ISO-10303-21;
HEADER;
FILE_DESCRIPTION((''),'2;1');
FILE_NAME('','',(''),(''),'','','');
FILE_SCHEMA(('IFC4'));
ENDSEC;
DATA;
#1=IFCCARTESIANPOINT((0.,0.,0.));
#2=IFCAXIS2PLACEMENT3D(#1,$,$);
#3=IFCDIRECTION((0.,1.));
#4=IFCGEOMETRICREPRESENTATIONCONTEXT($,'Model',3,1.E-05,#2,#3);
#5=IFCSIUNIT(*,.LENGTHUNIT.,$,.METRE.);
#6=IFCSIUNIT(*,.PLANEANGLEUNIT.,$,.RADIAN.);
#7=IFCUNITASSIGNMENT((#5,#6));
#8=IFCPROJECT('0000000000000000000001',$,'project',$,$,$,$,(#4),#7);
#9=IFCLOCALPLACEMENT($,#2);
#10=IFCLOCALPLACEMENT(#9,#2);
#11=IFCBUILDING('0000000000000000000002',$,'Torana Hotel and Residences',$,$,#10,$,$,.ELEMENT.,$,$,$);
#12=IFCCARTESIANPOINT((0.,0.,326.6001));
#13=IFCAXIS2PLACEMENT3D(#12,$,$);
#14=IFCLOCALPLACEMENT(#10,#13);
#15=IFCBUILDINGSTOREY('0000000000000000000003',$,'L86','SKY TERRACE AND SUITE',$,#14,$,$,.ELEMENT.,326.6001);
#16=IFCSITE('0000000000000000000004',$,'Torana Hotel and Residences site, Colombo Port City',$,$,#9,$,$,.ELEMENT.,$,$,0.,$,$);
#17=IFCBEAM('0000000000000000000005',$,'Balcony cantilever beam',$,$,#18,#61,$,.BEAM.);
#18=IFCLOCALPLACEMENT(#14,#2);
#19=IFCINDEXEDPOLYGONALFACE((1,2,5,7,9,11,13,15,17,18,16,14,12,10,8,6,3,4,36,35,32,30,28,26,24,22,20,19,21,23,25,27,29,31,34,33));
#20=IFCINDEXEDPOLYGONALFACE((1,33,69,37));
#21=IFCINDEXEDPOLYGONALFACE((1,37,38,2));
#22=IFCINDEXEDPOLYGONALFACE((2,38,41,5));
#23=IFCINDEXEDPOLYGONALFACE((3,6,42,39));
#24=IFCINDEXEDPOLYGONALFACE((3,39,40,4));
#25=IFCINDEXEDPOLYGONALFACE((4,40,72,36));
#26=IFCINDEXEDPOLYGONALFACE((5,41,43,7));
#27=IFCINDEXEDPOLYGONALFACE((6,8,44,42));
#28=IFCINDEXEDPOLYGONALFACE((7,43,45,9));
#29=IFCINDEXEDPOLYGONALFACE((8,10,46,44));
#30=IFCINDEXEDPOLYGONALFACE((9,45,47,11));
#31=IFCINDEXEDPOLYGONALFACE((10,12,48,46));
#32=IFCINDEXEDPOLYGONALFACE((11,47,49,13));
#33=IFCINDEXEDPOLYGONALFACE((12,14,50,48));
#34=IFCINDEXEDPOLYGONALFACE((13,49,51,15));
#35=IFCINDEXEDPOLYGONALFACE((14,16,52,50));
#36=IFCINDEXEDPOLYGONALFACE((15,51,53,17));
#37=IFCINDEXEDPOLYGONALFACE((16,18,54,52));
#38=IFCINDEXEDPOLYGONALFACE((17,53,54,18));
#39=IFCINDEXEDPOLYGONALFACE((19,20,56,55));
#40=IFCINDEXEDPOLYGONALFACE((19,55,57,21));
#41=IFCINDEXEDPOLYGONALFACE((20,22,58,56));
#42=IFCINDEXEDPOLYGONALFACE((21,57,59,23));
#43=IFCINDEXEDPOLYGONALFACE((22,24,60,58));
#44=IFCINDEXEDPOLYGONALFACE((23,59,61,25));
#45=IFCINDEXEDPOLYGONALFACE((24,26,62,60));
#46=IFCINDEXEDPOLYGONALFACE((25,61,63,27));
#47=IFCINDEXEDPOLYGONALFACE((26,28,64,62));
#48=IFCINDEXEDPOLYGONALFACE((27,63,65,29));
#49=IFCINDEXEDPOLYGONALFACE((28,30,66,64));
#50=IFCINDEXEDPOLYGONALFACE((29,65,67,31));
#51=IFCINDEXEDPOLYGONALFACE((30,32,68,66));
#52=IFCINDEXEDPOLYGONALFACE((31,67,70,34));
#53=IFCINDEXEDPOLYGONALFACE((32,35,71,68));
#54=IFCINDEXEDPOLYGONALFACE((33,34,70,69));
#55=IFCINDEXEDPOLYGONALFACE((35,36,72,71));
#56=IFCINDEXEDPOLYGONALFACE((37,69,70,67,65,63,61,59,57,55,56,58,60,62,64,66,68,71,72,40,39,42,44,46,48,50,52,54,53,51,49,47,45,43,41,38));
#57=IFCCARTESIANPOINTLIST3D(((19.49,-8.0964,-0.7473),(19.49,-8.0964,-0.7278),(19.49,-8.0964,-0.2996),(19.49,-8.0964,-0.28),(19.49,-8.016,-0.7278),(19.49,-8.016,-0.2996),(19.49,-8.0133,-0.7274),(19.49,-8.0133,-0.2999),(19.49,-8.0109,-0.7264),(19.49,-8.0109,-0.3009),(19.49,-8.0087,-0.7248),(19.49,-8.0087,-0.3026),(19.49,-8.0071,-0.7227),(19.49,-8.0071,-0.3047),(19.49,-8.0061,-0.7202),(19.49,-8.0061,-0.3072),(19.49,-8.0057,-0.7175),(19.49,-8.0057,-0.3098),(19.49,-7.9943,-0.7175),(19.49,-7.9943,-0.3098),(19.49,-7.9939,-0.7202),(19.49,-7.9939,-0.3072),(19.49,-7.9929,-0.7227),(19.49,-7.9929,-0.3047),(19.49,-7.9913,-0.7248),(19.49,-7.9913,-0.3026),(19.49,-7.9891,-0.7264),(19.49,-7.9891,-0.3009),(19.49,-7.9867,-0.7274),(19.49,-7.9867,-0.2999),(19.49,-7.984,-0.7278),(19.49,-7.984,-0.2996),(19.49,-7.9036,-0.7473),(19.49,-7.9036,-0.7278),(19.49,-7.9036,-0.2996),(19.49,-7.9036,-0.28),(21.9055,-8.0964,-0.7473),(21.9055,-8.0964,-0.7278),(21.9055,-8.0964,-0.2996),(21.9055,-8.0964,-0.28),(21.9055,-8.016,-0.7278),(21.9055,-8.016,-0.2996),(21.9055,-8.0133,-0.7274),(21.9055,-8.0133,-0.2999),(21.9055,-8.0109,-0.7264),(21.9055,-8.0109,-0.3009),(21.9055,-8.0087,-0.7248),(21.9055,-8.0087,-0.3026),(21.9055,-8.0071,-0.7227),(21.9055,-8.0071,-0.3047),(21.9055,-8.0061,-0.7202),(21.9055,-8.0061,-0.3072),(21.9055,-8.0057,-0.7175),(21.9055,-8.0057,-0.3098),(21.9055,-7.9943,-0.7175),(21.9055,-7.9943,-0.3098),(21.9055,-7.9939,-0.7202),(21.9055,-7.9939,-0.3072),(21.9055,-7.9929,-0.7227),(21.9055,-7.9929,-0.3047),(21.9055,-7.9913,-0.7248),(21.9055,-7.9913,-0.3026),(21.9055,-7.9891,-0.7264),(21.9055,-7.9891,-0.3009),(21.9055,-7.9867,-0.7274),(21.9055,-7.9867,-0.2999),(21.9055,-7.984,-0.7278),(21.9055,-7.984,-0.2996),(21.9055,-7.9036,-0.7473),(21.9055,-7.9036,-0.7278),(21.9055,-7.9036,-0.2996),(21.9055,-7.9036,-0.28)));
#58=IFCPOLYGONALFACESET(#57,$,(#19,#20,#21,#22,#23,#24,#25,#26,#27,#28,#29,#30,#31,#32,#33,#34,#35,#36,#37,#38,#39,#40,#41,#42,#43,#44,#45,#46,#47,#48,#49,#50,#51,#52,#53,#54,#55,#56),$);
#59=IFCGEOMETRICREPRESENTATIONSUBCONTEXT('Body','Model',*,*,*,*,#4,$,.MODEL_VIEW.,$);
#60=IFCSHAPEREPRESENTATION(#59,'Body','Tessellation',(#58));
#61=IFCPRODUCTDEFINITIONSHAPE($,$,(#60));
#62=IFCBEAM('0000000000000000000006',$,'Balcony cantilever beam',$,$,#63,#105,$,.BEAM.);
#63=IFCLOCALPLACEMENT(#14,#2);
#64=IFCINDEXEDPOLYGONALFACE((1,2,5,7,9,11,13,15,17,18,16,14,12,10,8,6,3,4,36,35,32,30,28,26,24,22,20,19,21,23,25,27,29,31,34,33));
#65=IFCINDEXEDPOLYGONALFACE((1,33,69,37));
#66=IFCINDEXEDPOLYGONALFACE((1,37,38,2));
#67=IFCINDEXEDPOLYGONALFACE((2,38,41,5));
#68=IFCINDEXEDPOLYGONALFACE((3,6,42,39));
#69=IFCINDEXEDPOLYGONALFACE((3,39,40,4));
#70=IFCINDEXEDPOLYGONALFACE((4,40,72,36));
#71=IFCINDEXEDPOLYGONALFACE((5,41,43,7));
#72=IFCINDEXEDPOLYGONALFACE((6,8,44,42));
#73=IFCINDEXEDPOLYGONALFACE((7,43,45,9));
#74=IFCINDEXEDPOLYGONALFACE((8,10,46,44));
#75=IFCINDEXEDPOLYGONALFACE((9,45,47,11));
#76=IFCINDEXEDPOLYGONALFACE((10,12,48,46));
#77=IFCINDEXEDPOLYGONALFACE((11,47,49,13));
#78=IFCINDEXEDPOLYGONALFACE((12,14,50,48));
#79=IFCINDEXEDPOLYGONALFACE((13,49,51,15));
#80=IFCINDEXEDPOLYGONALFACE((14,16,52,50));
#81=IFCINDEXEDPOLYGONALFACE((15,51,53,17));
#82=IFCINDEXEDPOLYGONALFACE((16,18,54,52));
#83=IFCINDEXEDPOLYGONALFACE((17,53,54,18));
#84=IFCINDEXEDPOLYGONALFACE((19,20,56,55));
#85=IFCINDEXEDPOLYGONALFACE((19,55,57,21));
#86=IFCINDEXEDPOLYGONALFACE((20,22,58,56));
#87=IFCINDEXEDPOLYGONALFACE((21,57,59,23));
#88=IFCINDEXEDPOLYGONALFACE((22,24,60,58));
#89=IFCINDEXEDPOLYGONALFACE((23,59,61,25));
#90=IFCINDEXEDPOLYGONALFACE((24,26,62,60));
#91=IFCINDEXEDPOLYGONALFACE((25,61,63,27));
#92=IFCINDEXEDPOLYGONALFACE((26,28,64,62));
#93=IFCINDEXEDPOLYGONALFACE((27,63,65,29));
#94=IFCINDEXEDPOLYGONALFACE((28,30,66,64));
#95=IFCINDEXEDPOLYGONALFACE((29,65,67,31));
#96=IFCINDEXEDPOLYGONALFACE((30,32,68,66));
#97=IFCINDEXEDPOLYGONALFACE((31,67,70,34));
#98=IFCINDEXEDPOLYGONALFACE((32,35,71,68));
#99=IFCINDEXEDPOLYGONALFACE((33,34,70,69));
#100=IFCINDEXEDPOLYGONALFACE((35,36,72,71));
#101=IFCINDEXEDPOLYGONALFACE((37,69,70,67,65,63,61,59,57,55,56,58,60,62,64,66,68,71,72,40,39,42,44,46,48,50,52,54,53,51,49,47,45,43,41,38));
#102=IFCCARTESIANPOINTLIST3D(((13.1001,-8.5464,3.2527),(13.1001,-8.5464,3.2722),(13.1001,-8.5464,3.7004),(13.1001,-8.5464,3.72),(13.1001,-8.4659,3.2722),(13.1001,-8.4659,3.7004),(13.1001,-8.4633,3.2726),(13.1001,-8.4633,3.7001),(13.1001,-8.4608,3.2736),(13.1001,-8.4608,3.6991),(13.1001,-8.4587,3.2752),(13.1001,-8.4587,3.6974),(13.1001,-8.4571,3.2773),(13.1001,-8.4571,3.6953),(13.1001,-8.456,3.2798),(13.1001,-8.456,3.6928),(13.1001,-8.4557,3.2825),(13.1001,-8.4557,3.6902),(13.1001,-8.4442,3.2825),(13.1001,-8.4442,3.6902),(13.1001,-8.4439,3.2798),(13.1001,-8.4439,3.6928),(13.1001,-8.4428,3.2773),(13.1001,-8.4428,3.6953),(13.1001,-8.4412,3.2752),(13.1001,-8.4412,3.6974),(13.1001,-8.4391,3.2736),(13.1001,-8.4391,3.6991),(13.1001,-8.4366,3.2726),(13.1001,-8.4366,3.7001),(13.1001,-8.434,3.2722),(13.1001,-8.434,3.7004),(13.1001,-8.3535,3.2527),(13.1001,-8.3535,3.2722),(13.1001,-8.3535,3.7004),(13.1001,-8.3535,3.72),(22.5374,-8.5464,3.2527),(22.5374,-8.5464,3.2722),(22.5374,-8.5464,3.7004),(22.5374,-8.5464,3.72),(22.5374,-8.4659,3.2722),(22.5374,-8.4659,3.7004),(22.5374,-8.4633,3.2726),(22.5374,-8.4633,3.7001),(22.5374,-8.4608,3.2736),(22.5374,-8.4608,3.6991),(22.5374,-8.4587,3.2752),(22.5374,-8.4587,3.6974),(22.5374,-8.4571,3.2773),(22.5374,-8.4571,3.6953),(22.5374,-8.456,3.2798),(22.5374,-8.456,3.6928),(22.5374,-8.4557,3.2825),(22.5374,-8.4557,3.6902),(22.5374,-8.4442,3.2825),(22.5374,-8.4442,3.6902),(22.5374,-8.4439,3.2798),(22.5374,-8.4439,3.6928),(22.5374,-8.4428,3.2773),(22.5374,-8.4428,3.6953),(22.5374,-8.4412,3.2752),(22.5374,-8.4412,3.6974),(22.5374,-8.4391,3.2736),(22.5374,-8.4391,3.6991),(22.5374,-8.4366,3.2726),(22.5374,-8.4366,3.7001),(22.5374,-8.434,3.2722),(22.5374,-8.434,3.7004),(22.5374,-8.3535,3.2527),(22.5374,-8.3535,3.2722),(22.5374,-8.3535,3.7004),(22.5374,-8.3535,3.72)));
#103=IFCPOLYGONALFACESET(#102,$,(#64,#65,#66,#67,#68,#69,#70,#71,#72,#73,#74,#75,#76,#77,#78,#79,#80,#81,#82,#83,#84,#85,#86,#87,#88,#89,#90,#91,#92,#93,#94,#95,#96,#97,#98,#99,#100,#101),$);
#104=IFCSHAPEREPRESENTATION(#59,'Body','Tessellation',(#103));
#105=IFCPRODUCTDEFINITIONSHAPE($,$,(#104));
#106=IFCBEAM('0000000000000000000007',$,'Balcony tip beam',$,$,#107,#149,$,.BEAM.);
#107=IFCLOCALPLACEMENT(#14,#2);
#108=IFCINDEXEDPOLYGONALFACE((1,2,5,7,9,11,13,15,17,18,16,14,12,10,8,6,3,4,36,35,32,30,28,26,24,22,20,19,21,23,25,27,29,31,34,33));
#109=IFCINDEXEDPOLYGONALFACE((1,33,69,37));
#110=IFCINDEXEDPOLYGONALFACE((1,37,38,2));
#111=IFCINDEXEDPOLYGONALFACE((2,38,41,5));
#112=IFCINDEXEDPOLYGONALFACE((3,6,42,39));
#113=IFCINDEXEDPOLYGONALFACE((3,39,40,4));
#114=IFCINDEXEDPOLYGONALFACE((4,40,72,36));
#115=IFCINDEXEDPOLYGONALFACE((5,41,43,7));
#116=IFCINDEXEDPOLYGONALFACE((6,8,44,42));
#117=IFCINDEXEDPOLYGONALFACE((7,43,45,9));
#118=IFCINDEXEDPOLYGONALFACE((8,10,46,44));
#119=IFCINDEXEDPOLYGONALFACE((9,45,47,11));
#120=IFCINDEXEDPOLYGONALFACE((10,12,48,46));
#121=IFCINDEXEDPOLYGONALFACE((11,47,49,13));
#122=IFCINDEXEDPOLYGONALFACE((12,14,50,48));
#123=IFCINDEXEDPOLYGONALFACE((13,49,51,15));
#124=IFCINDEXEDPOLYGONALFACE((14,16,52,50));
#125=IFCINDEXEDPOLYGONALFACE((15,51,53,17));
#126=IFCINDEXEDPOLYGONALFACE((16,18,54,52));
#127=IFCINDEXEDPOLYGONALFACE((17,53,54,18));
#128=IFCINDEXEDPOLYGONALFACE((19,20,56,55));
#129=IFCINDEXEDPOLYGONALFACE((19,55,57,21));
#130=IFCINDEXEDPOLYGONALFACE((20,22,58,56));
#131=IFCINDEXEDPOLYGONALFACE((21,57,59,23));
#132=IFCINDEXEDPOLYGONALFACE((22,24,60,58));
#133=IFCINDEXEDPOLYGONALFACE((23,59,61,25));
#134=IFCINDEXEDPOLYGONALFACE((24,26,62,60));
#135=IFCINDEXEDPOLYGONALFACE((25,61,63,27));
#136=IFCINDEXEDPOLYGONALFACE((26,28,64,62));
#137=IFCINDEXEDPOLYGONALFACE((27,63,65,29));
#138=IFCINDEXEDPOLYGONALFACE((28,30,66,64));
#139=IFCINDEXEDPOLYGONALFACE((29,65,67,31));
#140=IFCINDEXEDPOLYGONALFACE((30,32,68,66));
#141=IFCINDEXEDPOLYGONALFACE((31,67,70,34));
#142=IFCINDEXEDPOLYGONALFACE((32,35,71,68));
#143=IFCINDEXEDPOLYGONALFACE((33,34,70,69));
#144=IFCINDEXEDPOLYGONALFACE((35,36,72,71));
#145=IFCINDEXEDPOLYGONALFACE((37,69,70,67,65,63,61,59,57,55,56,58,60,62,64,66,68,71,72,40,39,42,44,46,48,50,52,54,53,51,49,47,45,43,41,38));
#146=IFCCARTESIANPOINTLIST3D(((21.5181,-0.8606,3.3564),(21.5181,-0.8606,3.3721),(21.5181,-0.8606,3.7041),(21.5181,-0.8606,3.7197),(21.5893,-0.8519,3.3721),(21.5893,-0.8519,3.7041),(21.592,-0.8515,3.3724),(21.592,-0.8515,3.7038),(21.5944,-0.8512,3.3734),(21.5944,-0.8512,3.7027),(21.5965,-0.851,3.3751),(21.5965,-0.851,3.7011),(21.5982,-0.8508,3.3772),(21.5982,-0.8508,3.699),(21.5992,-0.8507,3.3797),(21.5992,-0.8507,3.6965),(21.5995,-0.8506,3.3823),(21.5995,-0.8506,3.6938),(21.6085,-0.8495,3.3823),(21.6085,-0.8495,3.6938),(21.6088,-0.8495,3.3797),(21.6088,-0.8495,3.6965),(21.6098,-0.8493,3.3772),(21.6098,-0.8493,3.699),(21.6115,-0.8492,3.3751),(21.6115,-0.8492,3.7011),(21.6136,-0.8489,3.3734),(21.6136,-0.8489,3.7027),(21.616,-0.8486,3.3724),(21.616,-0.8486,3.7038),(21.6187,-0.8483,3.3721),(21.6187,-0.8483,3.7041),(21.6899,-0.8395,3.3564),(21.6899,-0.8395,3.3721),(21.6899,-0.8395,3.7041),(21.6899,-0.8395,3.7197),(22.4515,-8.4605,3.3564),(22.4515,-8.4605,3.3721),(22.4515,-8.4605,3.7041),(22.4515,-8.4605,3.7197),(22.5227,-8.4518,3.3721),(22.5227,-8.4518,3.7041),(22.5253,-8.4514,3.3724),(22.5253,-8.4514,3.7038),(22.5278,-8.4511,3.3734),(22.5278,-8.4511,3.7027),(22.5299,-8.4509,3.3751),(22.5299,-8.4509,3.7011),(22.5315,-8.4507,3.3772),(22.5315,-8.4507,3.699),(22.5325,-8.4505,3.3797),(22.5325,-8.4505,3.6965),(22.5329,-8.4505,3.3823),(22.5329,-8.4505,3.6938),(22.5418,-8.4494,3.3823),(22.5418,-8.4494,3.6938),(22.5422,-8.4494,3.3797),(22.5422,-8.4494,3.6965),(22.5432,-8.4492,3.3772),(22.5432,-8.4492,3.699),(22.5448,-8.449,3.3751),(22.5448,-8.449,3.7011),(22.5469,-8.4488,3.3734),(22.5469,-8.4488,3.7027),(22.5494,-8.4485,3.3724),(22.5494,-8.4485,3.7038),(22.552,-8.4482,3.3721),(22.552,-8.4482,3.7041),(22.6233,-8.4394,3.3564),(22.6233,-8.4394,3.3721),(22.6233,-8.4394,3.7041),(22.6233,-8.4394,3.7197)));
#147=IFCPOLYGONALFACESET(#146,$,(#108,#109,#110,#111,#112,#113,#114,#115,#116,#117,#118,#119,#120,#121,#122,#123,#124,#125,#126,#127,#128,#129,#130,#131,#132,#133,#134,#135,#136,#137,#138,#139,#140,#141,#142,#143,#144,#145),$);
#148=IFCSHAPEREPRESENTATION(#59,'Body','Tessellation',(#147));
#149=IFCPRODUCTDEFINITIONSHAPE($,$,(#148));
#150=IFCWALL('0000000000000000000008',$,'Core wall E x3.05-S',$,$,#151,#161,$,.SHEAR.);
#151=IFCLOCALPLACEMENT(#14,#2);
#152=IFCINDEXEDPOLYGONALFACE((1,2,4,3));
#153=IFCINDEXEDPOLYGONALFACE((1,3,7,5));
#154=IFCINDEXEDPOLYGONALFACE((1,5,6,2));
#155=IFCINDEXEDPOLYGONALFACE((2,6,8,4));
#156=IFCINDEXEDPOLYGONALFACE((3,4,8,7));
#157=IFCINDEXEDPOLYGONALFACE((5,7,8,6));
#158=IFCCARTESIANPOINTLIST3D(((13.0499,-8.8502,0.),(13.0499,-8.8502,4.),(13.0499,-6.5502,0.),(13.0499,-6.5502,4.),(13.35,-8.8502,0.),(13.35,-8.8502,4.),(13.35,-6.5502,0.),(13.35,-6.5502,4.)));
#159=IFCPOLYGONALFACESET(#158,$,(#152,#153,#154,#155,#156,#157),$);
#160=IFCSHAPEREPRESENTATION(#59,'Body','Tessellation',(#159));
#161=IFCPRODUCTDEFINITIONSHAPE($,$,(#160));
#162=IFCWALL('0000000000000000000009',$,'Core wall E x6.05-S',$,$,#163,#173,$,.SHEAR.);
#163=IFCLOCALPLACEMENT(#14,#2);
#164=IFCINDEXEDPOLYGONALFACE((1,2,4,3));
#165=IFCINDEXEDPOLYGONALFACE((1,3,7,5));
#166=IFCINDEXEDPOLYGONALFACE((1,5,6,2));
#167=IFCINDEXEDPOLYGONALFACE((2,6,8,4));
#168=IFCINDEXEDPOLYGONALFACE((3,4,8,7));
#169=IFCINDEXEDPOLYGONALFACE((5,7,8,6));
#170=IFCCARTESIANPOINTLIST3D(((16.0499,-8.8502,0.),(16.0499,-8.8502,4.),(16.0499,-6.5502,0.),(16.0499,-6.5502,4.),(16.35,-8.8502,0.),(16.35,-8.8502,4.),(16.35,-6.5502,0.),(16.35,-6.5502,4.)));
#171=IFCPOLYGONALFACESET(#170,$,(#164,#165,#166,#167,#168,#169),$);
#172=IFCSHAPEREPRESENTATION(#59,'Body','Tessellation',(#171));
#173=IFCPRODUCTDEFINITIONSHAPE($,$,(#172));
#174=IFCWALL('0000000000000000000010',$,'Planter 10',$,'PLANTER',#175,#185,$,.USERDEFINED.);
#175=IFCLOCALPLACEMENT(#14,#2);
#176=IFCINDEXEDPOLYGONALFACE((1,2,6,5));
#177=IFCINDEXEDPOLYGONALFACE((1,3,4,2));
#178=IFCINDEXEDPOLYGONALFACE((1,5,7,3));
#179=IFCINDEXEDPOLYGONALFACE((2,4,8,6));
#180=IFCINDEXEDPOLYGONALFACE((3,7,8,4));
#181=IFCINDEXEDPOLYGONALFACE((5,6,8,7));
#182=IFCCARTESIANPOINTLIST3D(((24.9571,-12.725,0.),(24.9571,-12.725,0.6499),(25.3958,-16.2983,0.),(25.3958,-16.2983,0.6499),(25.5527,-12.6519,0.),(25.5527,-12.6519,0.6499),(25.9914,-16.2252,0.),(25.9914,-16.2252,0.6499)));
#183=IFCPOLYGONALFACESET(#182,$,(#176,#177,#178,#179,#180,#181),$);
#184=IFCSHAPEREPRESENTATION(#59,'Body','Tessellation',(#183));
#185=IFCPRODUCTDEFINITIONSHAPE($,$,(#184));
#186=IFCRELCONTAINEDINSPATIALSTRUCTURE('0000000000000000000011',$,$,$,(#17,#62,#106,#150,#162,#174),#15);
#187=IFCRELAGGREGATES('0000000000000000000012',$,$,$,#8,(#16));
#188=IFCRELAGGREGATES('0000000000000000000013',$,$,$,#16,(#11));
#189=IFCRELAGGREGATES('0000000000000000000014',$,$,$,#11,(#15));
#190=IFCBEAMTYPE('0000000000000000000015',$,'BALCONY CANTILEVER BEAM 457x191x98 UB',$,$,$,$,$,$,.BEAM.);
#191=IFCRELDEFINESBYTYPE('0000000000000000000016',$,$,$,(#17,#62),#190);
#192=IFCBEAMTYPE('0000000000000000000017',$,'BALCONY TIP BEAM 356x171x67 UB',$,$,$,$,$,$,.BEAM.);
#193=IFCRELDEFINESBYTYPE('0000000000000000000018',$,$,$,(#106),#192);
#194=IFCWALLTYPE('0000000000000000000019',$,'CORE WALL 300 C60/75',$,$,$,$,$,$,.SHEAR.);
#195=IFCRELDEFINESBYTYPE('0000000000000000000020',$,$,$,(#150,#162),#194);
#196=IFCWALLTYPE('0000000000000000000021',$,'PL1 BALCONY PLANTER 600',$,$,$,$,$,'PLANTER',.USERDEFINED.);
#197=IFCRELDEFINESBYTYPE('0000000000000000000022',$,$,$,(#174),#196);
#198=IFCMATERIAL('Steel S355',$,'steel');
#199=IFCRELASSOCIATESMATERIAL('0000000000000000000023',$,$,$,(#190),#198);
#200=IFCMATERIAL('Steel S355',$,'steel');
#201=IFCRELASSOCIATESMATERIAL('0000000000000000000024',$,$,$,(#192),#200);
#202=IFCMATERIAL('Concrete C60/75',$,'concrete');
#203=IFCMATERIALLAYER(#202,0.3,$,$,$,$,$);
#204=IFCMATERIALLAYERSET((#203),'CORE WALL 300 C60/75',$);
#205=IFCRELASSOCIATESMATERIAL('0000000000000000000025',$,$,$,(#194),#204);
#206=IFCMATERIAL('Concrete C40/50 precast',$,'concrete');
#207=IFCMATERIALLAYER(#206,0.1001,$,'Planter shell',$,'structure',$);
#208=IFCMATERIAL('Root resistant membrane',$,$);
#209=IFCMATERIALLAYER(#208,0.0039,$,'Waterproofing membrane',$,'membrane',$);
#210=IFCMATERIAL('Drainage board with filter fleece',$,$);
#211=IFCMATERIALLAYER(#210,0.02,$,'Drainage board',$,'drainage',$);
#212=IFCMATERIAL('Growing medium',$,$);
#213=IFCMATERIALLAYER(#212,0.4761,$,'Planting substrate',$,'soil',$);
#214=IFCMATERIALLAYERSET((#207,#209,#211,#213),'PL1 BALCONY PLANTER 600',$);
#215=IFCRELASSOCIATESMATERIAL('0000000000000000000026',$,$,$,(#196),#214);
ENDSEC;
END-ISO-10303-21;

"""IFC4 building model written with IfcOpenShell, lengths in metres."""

from ifc_helpers import new_model, si_unit, direction, frame, frame_2d, origin, origin_2d, place, context, subcontext, project, spatial, rectangle, i_section, extrude, material, layer, layer_set, material_profile, profile_set, type_object, element, save


model = new_model("IFC4")

# Units and contexts
model_context = context("Model", 3, precision=1e-05, world=origin(), true_north=direction((0.0, 1.0)))
body_context = subcontext(model_context, "Body", "Model", "MODEL_VIEW")
ifc_project = project(units=[si_unit("LENGTHUNIT", "METRE"), si_unit("PLANEANGLEUNIT", "RADIAN")], contexts=[model_context])

# Site, building, storey
site_placement = place(None, origin())
site = spatial("IfcSite", under=ifc_project, at=site_placement, Name="Torana Hotel and Residences site, Colombo Port City", CompositionType="ELEMENT", RefElevation=0.0)
building_placement = place(site_placement, origin())
building = spatial("IfcBuilding", under=site, at=building_placement, Name="Torana Hotel and Residences", CompositionType="ELEMENT")
storey_placement = place(building_placement, frame((0.0, 0.0, 326.6001)))
storey = spatial("IfcBuildingStorey", under=building, at=storey_placement, Name="L86", Description="SKY TERRACE AND SUITE", CompositionType="ELEMENT", Elevation=326.6001)

# Beams
ifc_material_1 = material(Name="Steel S355", Category="steel")
ifc_material_profile_1 = material_profile(ifc_material_1, i_section(OverallWidth=0.1929, OverallDepth=0.4673, WebThickness=0.0115, FlangeThickness=0.0195, FilletRadius=0.0103, at=origin_2d()), Name="457x191x98 UB")
ifc_profile_set_1 = profile_set([ifc_material_profile_1], Name="Steel S355")
beam_type_1 = type_object("IfcBeamType", Name="BALCONY CANTILEVER BEAM 457x191x98 UB", PredefinedType="BEAM", material=ifc_profile_set_1)
beam_1_placement = place(storey_placement, frame((19.49, -8.0, -0.5137), z_axis=(1.0, 0.0, 0.0), x_axis=(0.0, 1.0, 0.0)))
element("IfcBeam", 1, at=beam_1_placement, inside=storey, type_object=beam_type_1, Name="Balcony cantilever beam", PredefinedType="BEAM", context=body_context, shape_type="SweptSolid", body=[
    extrude(i_section(OverallWidth=0.1929, OverallDepth=0.4673, WebThickness=0.0115, FlangeThickness=0.0195, FilletRadius=0.0103, at=origin_2d()), origin(), (0.0, 0.0, 1.0), 2.4155),
])
beam_2_placement = place(storey_placement, frame((22.5374, -8.45, 3.4863), z_axis=(-1.0, 0.0, 0.0), x_axis=(0.0, -1.0, 0.0)))
element("IfcBeam", 2, at=beam_2_placement, inside=storey, type_object=beam_type_1, Name="Balcony cantilever beam", PredefinedType="BEAM", context=body_context, shape_type="SweptSolid", body=[
    extrude(i_section(OverallWidth=0.1929, OverallDepth=0.4673, WebThickness=0.0115, FlangeThickness=0.0195, FilletRadius=0.0103, at=origin_2d()), origin(), (0.0, 0.0, 1.0), 9.4373),
])
ifc_material_2 = material(Name="Steel S355", Category="steel")
ifc_material_profile_2 = material_profile(ifc_material_2, i_section(OverallWidth=0.1731, OverallDepth=0.3633, WebThickness=0.009, FlangeThickness=0.0156, FilletRadius=0.0103, at=origin_2d()), Name="356x171x67 UB")
ifc_profile_set_2 = profile_set([ifc_material_profile_2], Name="Steel S355")
beam_type_2 = type_object("IfcBeamType", Name="BALCONY TIP BEAM 356x171x67 UB", PredefinedType="BEAM", material=ifc_profile_set_2)
beam_3_placement = place(storey_placement, frame((22.5374, -8.45, 3.5381), z_axis=(-0.121896, 0.992543, 0.0), x_axis=(-0.992543, -0.121896, 0.0)))
element("IfcBeam", 3, at=beam_3_placement, inside=storey, type_object=beam_type_2, Name="Balcony tip beam", PredefinedType="BEAM", context=body_context, shape_type="SweptSolid", body=[
    extrude(i_section(OverallWidth=0.1731, OverallDepth=0.3633, WebThickness=0.009, FlangeThickness=0.0156, FilletRadius=0.0103, at=origin_2d()), origin(), (0.0, 0.0, 1.0), 7.657),
])

# Walls
ifc_material_3 = material(Name="Concrete C60/75", Category="concrete")
ifc_layer_1 = layer(ifc_material_3, 0.3)
ifc_layer_set_1 = layer_set([ifc_layer_1], Name="CORE WALL 300 C60/75")
wall_type_1 = type_object("IfcWallType", Name="CORE WALL 300 C60/75", PredefinedType="SHEAR", material=ifc_layer_set_1)
for number, where, z_axis, x_axis, name in (
    (4, (13.2, -8.8501, 0.0), (0.0, 0.0, 1.0), (0.0, 1.0, 0.0), "Core wall E x3.05-S"),
    (5, (16.2, -8.8501, 0.0), (0.0, 0.0, 1.0), (0.0, 1.0, 0.0), "Core wall E x6.05-S"),
):
    element("IfcWall", number, at=place(storey_placement, frame(where, z_axis=z_axis, x_axis=x_axis)), inside=storey, type_object=wall_type_1, Name=name, PredefinedType="SHEAR", context=body_context, shape_type="SweptSolid", body=[
        extrude(rectangle(XDim=2.3, YDim=0.3, at=frame_2d((1.1499, 0.0))), origin(), (0.0, 0.0, 1.0), 4.0),
    ])
ifc_material_4 = material(Name="Concrete C40/50 precast", Category="concrete")
ifc_layer_2 = layer(ifc_material_4, 0.1001, Name="Planter shell", Category="structure")
ifc_material_5 = material(Name="Root resistant membrane")
ifc_layer_3 = layer(ifc_material_5, 0.0039, Name="Waterproofing membrane", Category="membrane")
ifc_material_6 = material(Name="Drainage board with filter fleece")
ifc_layer_4 = layer(ifc_material_6, 0.02, Name="Drainage board", Category="drainage")
ifc_material_7 = material(Name="Growing medium")
ifc_layer_5 = layer(ifc_material_7, 0.4761, Name="Planting substrate", Category="soil")
ifc_layer_set_2 = layer_set([ifc_layer_2, ifc_layer_3, ifc_layer_4, ifc_layer_5], Name="PL1 BALCONY PLANTER 600")
wall_type_2 = type_object("IfcWallType", Name="PL1 BALCONY PLANTER 600", ElementType="PLANTER", PredefinedType="USERDEFINED", material=ifc_layer_set_2)
wall_1_placement = place(storey_placement, frame((25.2549, -12.6885, 0.0), z_axis=(0.0, 0.0, 1.0), x_axis=(0.121864, -0.992547, 0.0)))
element("IfcWall", 6, at=wall_1_placement, inside=storey, type_object=wall_type_2, Name="Planter 10", ObjectType="PLANTER", PredefinedType="USERDEFINED", context=body_context, shape_type="SweptSolid", body=[
    extrude(rectangle(XDim=3.6001, YDim=0.6001, at=frame_2d((1.8, 0.0))), origin(), (0.0, 0.0, 1.0), 0.6499),
])

save(model, "model.ifc")
